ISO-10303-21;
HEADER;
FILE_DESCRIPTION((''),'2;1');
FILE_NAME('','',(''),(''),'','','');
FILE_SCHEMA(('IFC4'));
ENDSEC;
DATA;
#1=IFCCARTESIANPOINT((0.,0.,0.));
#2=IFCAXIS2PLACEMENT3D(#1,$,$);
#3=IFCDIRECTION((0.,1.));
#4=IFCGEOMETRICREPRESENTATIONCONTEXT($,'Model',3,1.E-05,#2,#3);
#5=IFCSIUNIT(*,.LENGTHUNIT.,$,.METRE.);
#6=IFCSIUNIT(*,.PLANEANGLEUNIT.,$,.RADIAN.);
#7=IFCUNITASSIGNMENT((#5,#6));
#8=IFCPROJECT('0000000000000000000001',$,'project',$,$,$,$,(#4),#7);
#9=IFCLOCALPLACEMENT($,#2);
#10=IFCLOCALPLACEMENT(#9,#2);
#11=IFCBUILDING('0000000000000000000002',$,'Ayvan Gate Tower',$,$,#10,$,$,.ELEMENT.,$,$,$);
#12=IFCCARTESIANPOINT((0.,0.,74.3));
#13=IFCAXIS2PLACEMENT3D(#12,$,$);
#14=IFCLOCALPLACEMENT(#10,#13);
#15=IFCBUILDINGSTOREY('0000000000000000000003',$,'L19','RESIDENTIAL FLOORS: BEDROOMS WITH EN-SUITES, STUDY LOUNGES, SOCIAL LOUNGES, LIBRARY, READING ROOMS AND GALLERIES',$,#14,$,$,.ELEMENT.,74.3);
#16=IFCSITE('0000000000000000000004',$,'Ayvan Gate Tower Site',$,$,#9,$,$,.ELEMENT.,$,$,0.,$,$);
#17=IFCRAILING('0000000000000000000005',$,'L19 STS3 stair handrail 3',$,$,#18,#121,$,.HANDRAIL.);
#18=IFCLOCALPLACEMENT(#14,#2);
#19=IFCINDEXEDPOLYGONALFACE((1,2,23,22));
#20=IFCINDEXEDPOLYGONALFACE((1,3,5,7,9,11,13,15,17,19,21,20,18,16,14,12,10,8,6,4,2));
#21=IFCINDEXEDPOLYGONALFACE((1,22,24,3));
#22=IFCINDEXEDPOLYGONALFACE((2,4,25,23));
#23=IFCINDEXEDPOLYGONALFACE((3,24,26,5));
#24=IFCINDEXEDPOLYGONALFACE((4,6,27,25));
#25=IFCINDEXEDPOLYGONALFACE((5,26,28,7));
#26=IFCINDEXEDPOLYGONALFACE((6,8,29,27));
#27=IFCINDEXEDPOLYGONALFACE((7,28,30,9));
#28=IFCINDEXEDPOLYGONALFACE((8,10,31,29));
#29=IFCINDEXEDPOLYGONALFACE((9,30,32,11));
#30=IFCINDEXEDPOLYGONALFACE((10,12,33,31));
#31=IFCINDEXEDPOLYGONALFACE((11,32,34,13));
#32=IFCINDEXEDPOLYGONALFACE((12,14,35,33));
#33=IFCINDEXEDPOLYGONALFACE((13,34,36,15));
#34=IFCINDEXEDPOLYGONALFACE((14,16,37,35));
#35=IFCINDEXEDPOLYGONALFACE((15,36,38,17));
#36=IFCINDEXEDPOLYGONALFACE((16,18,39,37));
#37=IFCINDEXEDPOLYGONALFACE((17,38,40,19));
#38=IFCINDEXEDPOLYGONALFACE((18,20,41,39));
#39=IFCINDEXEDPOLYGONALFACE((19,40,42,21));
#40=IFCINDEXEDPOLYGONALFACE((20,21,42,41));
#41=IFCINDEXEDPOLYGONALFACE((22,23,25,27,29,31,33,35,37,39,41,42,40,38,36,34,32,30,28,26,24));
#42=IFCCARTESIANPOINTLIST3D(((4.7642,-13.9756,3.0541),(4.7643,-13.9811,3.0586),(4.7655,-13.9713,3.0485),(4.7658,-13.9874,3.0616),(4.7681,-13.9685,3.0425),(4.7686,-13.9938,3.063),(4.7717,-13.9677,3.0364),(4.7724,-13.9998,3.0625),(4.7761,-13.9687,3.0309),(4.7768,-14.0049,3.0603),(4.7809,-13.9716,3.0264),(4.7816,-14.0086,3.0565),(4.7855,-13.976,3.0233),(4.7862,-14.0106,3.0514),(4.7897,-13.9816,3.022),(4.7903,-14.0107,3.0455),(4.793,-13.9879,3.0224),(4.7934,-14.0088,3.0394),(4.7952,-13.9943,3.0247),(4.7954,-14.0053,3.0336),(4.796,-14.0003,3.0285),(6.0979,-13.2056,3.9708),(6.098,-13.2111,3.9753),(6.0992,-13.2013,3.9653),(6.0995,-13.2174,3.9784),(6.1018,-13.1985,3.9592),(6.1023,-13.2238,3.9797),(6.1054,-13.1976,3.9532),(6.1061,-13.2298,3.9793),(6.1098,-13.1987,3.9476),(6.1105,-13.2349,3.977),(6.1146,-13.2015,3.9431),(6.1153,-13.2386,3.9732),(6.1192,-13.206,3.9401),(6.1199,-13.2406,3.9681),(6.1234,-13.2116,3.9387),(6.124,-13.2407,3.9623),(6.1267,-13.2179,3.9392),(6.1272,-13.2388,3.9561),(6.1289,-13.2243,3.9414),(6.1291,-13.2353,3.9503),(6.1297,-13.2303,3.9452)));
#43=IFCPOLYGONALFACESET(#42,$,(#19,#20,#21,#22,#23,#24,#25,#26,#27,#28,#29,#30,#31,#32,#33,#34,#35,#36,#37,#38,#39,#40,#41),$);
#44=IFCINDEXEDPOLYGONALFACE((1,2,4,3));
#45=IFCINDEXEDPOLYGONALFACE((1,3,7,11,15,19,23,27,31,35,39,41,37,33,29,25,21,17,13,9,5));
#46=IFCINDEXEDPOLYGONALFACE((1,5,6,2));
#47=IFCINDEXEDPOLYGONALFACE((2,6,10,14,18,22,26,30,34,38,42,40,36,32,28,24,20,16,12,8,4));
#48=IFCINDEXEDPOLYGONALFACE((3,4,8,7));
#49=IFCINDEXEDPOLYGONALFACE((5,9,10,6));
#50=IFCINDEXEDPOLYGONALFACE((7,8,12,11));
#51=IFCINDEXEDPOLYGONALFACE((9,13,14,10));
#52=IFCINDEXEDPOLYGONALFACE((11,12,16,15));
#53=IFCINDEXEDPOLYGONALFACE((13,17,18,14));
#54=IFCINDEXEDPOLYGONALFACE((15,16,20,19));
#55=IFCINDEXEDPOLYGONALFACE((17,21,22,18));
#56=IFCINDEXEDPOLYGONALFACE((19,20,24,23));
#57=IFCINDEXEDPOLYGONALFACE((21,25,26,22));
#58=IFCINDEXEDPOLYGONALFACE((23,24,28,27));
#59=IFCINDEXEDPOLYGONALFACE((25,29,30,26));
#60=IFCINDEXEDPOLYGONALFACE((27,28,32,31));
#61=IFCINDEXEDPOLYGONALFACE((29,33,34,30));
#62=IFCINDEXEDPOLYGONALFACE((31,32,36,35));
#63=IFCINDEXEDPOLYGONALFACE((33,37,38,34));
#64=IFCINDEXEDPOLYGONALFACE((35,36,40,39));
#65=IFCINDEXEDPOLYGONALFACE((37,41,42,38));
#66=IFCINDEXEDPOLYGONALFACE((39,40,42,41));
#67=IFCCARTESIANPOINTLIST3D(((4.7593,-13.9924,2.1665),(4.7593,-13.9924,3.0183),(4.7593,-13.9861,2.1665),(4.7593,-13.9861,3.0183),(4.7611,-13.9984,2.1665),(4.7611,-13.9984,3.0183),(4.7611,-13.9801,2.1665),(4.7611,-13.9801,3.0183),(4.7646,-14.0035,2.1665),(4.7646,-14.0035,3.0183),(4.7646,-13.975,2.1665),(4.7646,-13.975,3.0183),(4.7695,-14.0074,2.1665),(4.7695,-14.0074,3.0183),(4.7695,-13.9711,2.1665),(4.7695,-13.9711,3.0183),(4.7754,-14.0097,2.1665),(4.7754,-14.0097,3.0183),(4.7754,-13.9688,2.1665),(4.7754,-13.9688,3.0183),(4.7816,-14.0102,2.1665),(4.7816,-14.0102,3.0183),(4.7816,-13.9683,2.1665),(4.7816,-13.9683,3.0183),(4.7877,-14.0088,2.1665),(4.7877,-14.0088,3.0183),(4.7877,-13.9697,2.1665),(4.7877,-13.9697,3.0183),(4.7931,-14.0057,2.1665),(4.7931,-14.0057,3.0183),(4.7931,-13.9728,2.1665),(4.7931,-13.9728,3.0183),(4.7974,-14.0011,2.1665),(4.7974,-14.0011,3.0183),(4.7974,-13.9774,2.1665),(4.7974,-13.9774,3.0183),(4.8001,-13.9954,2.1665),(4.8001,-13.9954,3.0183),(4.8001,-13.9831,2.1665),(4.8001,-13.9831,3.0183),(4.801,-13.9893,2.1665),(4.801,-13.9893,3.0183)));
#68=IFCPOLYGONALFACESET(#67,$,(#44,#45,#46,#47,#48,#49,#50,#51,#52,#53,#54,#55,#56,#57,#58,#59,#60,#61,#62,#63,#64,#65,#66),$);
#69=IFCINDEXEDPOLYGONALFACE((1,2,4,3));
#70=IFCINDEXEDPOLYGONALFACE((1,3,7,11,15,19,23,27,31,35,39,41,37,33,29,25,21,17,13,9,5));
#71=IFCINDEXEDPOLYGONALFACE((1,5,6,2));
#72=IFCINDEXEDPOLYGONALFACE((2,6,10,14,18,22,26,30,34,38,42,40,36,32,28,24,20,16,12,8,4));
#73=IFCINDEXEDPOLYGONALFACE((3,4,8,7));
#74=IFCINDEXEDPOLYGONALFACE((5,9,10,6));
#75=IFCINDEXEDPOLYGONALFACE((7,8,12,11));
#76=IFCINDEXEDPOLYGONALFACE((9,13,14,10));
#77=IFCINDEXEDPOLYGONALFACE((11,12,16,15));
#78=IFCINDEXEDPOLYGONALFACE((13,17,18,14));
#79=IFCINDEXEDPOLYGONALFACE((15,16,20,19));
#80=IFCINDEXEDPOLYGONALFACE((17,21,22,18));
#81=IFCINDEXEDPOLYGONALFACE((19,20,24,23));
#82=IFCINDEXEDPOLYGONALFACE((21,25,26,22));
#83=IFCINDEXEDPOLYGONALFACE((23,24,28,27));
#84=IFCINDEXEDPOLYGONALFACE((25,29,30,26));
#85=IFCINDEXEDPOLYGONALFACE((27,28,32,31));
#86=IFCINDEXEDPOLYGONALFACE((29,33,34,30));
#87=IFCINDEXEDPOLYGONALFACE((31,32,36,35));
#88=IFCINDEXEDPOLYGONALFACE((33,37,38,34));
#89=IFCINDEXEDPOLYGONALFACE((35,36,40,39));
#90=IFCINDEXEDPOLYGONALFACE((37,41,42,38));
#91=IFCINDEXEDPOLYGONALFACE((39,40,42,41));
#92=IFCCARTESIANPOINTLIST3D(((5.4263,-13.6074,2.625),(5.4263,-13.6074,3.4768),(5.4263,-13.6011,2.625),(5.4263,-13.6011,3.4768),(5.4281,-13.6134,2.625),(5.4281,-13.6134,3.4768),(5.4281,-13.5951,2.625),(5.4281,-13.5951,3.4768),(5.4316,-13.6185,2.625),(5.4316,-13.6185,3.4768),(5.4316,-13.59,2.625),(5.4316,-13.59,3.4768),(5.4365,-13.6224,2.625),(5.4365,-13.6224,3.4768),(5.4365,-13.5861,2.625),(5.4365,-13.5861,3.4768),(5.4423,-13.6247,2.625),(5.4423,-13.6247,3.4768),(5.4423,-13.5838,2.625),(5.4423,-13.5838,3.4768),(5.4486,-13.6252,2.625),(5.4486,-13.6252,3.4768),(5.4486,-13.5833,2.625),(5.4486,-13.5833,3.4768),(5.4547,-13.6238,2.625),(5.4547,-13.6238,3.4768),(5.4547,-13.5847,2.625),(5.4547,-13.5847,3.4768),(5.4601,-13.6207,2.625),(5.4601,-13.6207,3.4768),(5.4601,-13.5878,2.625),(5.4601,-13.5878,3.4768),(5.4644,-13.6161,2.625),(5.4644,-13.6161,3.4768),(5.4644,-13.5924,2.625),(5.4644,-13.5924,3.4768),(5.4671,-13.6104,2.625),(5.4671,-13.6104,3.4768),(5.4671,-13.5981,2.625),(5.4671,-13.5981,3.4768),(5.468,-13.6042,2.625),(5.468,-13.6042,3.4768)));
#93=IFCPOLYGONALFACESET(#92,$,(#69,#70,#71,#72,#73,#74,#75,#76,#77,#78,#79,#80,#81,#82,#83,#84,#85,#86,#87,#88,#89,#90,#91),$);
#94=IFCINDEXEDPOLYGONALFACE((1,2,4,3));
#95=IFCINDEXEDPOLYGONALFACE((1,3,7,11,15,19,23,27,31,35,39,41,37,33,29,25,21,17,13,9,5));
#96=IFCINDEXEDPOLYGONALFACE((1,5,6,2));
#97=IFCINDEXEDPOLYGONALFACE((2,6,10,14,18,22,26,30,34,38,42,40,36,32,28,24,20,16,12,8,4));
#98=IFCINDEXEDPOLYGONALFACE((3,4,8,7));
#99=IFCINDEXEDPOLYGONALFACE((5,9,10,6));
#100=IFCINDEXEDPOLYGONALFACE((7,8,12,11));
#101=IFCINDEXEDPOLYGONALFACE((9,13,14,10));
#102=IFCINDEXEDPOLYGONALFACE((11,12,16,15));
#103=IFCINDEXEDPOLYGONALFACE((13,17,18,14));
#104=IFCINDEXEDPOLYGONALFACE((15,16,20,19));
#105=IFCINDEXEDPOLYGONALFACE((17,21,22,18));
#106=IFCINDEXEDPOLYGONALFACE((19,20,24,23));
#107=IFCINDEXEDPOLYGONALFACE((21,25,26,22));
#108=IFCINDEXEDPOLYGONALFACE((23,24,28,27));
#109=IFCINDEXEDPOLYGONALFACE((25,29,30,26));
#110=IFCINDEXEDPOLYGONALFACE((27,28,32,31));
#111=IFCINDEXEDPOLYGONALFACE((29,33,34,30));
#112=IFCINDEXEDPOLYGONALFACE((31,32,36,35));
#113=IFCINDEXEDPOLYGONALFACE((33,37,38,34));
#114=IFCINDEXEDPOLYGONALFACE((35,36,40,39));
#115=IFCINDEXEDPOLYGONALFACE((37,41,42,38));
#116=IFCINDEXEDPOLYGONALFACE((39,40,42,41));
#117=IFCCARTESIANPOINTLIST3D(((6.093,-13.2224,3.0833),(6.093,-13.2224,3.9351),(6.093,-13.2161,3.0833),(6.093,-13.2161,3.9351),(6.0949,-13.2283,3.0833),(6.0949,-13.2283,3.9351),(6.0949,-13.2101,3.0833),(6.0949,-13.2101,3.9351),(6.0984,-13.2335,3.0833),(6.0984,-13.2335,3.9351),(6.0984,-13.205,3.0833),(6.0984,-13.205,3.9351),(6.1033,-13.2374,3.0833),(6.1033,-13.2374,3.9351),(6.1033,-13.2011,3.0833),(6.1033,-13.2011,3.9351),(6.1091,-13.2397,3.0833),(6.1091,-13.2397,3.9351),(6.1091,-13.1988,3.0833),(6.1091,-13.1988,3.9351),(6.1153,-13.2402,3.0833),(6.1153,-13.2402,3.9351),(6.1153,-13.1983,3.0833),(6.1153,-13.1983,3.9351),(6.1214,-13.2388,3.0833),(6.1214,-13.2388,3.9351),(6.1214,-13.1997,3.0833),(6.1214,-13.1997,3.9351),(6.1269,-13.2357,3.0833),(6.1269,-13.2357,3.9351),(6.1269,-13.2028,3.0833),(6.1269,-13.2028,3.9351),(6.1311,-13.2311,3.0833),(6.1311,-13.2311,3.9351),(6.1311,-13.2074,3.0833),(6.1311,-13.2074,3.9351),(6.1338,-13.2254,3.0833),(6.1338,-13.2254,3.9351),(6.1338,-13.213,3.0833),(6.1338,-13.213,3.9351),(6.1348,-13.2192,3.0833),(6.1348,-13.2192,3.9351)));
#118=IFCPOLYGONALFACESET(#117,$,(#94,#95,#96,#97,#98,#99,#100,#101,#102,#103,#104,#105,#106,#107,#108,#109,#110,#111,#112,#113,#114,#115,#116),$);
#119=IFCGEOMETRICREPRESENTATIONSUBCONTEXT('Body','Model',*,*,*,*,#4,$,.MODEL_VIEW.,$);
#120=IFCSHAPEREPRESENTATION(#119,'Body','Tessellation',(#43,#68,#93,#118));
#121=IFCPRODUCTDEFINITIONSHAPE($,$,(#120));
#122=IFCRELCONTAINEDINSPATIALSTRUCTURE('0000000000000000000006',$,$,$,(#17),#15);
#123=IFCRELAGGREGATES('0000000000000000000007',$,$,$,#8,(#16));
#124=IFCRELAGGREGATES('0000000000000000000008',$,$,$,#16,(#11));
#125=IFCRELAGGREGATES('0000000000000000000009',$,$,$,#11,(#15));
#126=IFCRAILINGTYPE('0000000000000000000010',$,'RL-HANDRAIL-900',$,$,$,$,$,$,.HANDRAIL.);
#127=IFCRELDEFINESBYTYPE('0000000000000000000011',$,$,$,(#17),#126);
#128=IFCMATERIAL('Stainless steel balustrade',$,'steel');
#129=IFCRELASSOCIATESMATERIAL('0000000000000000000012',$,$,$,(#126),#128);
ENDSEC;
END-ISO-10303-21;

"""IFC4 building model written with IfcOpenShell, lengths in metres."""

from ifc_helpers import new_model, si_unit, direction, frame, origin, origin_2d, place, context, subcontext, project, spatial, circle, extrude, material, type_object, element, save


model = new_model("IFC4")

# Units and contexts
model_context = context("Model", 3, precision=1e-05, world=origin(), true_north=direction((0.0, 1.0)))
body_context = subcontext(model_context, "Body", "Model", "MODEL_VIEW")
ifc_project = project(units=[si_unit("LENGTHUNIT", "METRE"), si_unit("PLANEANGLEUNIT", "RADIAN")], contexts=[model_context])

# Site, building, storey
site_placement = place(None, origin())
site = spatial("IfcSite", under=ifc_project, at=site_placement, Name="Ayvan Gate Tower Site", CompositionType="ELEMENT", RefElevation=0.0)
building_placement = place(site_placement, origin())
building = spatial("IfcBuilding", under=site, at=building_placement, Name="Ayvan Gate Tower", CompositionType="ELEMENT")
storey_placement = place(building_placement, frame((0.0, 0.0, 74.3)))
storey = spatial("IfcBuildingStorey", under=building, at=storey_placement, Name="L19", Description="RESIDENTIAL FLOORS: BEDROOMS WITH EN-SUITES, STUDY LOUNGES, SOCIAL LOUNGES, LIBRARY, READING ROOMS AND GALLERIES", CompositionType="ELEMENT", Elevation=74.3)

# Railing
ifc_material_1 = material(Name="Stainless steel balustrade", Category="steel")
railing_type_1 = type_object("IfcRailingType", Name="RL-HANDRAIL-900", PredefinedType="HANDRAIL", material=ifc_material_1)
railing_1_placement = place(storey_placement, frame((4.78, -13.9893, 2.1665)))
element("IfcRailing", 1, at=railing_1_placement, inside=storey, type_object=railing_type_1, Name="L19 STS3 stair handrail 3", PredefinedType="HANDRAIL", context=body_context, shape_type="SweptSolid", body=[
    extrude(circle(Radius=0.0239, at=origin_2d()), frame((0.0, 0.0, 0.876), z_axis=(0.744164, 0.429634, 0.511502), x_axis=(-0.499992, 0.86603, 0.0)), (0.0, 0.0, 1.0), 1.7922),
    extrude(circle(Radius=0.021, at=origin_2d()), origin(), (0.0, 0.0, 1.0), 0.8518),
    extrude(circle(Radius=0.021, at=origin_2d()), frame((0.667, 0.385, 0.4585)), (0.0, 0.0, 1.0), 0.8518),
    extrude(circle(Radius=0.021, at=origin_2d()), frame((1.3337, 0.77, 0.9167)), (0.0, 0.0, 1.0), 0.8518),
])

save(model, "model.ifc")
